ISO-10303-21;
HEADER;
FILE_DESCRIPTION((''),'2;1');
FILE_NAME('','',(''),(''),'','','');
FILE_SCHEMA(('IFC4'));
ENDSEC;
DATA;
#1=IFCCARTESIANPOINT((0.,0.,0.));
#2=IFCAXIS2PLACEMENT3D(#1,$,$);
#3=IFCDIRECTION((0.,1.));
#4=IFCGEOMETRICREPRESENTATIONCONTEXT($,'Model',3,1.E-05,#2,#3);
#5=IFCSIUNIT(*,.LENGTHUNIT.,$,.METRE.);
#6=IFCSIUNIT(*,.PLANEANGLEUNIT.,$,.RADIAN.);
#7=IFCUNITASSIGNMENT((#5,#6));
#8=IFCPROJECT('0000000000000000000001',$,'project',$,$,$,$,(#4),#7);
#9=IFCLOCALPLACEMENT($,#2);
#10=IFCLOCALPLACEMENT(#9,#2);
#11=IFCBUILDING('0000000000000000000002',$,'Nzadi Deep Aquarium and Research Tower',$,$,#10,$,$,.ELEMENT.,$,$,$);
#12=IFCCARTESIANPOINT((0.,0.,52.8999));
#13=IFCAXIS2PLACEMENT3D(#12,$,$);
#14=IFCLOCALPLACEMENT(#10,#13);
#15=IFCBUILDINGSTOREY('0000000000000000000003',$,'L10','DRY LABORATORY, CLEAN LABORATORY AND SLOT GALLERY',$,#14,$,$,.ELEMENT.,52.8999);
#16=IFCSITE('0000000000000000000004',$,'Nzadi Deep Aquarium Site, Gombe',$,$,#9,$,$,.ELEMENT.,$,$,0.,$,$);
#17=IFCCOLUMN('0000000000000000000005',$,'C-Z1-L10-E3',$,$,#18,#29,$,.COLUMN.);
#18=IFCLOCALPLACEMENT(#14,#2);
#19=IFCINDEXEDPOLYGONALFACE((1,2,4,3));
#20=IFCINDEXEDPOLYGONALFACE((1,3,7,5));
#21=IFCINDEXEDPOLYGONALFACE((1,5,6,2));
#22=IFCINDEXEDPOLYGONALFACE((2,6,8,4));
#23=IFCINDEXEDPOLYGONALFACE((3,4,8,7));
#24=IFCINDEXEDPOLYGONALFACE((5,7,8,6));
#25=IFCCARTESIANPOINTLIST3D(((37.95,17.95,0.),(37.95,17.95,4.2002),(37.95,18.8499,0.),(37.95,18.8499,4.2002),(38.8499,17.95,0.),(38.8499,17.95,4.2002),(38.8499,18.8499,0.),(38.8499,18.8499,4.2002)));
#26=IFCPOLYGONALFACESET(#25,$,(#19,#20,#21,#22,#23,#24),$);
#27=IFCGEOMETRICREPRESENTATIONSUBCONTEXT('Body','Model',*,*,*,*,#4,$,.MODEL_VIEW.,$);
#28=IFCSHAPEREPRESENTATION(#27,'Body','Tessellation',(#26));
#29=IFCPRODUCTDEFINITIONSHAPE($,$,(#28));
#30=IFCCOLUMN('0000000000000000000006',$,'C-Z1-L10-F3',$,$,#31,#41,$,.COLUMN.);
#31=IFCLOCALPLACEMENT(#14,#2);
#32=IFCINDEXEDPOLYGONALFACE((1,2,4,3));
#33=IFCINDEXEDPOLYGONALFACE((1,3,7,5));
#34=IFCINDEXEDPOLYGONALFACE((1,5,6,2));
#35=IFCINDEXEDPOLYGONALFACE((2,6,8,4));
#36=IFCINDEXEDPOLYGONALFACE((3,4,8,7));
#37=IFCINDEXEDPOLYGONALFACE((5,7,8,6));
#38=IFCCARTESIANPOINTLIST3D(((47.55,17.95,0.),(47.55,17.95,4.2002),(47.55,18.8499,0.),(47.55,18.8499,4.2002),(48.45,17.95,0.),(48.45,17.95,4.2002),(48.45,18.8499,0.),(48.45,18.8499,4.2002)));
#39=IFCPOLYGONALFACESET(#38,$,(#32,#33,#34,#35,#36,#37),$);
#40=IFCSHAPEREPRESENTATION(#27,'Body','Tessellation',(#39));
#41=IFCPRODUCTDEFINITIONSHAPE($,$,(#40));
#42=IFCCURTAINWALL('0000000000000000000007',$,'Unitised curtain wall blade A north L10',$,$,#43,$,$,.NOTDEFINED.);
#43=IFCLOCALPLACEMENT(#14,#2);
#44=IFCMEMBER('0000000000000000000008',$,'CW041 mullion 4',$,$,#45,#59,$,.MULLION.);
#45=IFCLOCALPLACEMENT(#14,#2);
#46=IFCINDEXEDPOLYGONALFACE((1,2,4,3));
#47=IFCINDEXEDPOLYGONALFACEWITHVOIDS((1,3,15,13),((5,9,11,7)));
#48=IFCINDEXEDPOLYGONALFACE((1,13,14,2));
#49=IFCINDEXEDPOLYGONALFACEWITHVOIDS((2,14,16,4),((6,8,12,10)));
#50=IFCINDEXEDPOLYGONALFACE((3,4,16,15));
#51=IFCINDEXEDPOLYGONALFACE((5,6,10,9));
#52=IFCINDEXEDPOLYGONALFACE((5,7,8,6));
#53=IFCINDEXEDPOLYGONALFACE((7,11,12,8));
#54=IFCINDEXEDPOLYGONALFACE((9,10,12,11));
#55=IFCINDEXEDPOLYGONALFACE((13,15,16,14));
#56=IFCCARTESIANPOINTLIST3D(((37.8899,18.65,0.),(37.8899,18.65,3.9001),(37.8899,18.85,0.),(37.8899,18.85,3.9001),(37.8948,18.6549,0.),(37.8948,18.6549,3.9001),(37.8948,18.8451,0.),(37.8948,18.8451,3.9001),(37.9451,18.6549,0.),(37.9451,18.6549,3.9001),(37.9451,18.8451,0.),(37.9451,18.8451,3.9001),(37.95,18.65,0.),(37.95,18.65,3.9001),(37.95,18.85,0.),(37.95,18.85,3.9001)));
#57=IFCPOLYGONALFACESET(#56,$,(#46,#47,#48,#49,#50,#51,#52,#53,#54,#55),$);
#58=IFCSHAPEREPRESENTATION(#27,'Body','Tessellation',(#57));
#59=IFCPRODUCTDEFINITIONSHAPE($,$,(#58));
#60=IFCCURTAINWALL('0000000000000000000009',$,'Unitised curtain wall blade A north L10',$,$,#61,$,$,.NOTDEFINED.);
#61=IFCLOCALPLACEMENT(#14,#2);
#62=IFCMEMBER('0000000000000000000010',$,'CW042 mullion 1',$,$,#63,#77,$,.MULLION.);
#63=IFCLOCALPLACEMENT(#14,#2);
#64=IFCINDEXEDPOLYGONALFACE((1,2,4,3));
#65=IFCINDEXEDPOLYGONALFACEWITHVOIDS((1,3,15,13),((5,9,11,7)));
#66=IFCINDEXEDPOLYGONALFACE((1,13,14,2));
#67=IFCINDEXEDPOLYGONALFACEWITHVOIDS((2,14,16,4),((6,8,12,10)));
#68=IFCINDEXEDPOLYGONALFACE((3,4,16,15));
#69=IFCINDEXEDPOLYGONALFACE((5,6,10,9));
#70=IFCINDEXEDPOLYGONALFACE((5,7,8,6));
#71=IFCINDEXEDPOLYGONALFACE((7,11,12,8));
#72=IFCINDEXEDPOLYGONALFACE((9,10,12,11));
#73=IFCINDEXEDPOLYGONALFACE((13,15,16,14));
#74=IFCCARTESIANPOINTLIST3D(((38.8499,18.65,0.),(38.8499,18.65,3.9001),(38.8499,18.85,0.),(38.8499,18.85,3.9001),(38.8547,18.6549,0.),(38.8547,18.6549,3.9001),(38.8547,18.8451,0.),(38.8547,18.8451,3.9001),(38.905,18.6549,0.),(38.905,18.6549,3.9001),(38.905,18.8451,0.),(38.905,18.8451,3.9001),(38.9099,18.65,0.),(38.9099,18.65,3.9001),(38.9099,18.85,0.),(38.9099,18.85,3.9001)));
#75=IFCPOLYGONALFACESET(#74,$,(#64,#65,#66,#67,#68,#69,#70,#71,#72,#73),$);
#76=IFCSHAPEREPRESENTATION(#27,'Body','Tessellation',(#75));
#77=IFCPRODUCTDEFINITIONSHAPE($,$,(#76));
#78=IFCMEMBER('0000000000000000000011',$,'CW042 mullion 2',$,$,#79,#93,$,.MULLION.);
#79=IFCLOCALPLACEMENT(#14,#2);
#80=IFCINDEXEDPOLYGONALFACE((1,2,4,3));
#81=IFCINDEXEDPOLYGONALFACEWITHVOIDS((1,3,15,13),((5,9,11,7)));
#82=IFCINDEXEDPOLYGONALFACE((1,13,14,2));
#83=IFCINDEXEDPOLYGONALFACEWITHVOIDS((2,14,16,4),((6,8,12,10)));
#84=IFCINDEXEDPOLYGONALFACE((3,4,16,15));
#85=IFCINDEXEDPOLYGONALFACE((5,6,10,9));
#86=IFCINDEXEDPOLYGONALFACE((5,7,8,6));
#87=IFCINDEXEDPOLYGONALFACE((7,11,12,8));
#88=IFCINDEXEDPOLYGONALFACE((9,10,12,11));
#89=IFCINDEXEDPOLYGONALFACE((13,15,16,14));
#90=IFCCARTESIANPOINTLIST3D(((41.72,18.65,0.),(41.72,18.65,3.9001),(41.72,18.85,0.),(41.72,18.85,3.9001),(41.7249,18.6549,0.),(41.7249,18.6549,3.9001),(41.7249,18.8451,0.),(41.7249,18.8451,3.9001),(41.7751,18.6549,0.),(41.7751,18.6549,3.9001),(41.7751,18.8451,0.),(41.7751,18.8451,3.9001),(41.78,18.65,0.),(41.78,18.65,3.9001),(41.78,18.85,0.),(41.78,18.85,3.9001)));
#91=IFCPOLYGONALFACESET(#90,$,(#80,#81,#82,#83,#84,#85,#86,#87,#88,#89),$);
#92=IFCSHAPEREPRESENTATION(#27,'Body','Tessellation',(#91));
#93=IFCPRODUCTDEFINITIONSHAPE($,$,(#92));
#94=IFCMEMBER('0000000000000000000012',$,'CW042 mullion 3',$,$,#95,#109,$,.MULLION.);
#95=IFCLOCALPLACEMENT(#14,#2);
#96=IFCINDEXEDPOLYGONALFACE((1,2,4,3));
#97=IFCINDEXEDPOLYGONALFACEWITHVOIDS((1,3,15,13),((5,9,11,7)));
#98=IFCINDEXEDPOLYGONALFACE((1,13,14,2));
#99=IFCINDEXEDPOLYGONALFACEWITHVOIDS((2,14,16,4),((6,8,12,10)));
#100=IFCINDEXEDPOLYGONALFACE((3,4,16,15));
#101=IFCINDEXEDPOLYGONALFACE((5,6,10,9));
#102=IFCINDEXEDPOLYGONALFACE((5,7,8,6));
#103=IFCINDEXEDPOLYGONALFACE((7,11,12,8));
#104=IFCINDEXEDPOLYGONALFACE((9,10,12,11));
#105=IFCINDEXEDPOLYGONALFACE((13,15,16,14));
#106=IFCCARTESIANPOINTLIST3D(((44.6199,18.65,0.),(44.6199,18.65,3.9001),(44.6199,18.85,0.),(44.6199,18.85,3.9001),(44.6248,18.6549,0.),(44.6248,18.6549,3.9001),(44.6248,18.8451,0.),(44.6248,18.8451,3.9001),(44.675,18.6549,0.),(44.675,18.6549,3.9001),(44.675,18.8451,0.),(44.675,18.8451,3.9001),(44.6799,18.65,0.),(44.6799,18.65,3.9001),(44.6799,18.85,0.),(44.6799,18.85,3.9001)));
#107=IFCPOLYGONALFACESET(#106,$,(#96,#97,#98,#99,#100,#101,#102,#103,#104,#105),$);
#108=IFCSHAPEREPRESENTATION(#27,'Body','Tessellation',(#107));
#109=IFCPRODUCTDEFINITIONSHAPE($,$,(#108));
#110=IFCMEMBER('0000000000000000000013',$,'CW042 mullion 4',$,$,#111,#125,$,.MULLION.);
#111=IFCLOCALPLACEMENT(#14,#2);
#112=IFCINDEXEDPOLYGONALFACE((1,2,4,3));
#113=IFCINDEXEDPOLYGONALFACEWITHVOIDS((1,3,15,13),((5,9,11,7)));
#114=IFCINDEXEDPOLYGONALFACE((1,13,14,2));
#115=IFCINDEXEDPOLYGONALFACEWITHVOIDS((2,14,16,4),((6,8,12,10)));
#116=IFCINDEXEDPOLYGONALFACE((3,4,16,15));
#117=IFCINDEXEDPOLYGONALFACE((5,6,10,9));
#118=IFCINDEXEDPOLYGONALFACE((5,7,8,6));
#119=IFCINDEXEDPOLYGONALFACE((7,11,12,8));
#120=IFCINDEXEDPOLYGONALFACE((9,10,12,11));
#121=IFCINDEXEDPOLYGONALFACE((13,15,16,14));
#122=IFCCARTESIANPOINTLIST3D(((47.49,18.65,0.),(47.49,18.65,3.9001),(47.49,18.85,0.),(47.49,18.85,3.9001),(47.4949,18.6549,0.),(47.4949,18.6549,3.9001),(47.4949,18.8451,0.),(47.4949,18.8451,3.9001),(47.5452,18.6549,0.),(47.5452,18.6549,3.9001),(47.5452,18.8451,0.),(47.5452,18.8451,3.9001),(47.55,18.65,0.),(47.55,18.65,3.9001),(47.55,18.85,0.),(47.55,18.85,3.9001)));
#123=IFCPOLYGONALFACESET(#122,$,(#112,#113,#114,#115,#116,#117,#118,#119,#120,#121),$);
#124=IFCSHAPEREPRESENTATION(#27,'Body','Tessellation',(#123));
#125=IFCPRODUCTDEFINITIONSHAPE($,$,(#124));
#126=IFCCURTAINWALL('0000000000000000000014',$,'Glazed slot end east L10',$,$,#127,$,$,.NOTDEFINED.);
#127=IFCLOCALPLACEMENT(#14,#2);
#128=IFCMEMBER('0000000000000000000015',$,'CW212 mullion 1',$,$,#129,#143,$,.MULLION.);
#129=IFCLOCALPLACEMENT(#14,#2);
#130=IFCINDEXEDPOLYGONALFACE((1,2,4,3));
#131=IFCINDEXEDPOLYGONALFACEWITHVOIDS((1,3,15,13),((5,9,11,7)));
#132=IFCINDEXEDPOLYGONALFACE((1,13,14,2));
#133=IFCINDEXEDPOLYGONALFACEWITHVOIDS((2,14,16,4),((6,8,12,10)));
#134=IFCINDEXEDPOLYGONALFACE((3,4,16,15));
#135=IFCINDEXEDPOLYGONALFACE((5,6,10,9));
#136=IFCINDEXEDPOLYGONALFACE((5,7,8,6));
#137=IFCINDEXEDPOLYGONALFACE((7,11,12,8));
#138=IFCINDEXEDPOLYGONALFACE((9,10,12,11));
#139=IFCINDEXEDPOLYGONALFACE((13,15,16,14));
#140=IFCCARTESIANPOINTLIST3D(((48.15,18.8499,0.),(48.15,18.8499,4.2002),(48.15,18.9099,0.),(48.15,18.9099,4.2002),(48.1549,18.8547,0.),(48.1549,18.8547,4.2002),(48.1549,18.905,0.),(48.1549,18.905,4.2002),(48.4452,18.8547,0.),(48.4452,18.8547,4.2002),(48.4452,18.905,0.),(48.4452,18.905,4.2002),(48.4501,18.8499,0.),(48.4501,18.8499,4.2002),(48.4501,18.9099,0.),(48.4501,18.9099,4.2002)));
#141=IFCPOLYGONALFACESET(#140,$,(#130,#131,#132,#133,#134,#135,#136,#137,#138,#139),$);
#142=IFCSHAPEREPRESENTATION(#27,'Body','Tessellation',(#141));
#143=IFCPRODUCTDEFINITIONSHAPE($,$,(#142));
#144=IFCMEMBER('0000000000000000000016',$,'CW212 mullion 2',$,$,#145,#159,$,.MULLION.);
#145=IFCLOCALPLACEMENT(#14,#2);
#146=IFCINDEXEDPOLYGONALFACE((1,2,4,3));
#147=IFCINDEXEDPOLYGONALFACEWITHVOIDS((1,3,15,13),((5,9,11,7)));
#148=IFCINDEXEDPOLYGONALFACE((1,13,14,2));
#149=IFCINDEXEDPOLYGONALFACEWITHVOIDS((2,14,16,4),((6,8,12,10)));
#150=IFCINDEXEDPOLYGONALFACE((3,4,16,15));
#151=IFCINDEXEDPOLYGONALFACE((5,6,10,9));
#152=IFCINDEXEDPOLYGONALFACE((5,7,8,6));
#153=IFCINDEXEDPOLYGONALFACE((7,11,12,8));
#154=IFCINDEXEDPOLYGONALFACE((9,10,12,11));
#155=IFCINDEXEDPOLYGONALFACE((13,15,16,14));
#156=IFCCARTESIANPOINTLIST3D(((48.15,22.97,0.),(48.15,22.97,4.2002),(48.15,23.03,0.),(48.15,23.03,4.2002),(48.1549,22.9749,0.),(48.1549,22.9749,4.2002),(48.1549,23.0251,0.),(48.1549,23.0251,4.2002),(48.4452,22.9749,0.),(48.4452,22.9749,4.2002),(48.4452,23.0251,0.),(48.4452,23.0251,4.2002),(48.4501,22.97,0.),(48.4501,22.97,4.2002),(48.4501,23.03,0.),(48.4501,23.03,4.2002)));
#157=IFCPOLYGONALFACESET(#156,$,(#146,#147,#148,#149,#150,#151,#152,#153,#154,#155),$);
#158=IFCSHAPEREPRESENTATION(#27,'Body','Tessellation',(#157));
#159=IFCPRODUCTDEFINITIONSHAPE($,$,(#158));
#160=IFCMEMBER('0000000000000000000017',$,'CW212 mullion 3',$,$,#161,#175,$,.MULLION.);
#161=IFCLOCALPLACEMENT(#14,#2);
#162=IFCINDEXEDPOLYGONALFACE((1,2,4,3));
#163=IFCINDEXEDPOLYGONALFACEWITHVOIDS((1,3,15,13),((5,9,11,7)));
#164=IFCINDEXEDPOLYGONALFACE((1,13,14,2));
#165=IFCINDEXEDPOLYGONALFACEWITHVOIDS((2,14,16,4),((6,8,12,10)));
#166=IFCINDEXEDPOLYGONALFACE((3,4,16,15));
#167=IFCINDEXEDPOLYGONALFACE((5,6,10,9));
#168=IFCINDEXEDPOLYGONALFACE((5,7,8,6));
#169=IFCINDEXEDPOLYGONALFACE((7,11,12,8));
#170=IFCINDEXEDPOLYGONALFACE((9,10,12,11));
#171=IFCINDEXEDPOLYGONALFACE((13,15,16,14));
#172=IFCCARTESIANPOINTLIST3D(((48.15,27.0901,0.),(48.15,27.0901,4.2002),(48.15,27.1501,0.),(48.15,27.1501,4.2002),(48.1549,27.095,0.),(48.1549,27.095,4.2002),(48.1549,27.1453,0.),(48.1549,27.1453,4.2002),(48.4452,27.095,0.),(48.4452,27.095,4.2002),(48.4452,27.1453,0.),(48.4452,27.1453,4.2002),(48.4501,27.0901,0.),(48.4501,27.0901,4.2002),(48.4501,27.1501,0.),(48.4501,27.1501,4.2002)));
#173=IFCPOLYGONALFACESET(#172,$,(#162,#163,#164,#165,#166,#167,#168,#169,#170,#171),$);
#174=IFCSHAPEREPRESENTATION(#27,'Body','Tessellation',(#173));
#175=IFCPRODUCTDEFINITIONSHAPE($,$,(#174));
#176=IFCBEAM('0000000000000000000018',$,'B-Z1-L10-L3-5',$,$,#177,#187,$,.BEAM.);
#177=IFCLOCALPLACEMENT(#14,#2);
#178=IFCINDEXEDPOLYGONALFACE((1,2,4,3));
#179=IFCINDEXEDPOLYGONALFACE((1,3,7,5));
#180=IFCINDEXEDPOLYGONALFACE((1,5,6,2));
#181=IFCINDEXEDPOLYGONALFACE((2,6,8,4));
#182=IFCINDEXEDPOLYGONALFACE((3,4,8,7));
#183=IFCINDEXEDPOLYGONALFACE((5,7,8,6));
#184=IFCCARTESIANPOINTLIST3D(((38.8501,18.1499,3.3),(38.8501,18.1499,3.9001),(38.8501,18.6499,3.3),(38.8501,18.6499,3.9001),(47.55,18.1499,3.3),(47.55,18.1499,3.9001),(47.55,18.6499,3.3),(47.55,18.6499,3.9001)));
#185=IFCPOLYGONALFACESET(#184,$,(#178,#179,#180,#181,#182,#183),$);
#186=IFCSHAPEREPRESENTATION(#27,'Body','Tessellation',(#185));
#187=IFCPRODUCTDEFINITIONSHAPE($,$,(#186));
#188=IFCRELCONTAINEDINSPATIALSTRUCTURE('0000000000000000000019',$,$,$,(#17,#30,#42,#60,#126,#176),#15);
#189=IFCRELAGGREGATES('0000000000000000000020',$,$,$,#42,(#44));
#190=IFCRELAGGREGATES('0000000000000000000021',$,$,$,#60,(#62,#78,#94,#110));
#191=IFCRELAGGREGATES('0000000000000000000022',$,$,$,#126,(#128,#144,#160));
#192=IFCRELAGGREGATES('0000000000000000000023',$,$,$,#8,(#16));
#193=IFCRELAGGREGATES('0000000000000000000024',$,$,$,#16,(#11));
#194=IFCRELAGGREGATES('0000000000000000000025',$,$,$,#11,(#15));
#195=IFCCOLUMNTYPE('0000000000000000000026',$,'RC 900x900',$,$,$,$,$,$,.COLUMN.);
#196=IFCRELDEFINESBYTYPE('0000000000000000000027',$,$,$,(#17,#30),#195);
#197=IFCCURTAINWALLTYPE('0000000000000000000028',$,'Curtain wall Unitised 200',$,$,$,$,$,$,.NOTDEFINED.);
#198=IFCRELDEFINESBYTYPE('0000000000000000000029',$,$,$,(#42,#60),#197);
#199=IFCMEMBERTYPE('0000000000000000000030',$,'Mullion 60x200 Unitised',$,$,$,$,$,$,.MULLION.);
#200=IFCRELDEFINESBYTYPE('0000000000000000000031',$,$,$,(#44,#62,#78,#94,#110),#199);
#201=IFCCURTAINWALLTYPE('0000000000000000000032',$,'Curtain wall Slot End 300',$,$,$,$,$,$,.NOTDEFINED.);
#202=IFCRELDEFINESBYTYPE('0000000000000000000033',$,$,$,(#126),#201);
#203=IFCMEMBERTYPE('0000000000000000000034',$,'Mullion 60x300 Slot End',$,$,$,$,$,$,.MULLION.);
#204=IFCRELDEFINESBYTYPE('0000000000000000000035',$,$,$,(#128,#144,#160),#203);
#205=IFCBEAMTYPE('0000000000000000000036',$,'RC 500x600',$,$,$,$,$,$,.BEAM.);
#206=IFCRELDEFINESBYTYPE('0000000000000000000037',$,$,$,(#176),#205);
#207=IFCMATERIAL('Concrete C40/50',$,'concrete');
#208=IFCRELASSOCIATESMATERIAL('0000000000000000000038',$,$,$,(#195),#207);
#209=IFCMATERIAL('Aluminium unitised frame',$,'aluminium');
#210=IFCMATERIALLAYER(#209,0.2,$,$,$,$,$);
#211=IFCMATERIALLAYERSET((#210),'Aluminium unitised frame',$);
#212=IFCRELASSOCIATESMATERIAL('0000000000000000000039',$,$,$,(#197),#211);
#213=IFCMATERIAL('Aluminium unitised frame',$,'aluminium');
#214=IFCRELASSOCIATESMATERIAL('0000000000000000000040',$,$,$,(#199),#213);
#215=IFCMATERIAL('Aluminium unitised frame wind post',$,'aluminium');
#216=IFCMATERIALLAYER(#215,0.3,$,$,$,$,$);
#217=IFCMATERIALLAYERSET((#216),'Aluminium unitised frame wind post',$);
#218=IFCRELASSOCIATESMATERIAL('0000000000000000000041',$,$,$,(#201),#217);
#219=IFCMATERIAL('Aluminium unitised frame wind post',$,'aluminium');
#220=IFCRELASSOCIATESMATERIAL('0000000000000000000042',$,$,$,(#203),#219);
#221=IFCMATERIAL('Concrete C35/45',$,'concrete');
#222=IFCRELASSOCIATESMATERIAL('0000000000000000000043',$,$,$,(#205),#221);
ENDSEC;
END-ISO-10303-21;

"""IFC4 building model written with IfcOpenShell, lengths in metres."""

from ifc_helpers import new_model, si_unit, direction, frame, origin, origin_2d, place, context, subcontext, project, spatial, rectangle, hollow_rectangle, extrude, material, layer, layer_set, material_profile, profile_set, type_object, element, aggregate, save


model = new_model("IFC4")

# Units and contexts
model_context = context("Model", 3, precision=1e-05, world=origin(), true_north=direction((0.0, 1.0)))
body_context = subcontext(model_context, "Body", "Model", "MODEL_VIEW")
ifc_project = project(units=[si_unit("LENGTHUNIT", "METRE"), si_unit("PLANEANGLEUNIT", "RADIAN")], contexts=[model_context])

# Site, building, storey
site_placement = place(None, origin())
site = spatial("IfcSite", under=ifc_project, at=site_placement, Name="Nzadi Deep Aquarium Site, Gombe", CompositionType="ELEMENT", RefElevation=0.0)
building_placement = place(site_placement, origin())
building = spatial("IfcBuilding", under=site, at=building_placement, Name="Nzadi Deep Aquarium and Research Tower", CompositionType="ELEMENT")
storey_placement = place(building_placement, frame((0.0, 0.0, 52.8999)))
storey = spatial("IfcBuildingStorey", under=building, at=storey_placement, Name="L10", Description="DRY LABORATORY, CLEAN LABORATORY AND SLOT GALLERY", CompositionType="ELEMENT", Elevation=52.8999)

# Columns
ifc_material_1 = material(Name="Concrete C40/50", Category="concrete")
ifc_material_profile_1 = material_profile(ifc_material_1, rectangle(XDim=0.8999, YDim=0.8999, at=origin_2d()))
ifc_profile_set_1 = profile_set([ifc_material_profile_1], Name="Concrete C40/50")
column_type = type_object("IfcColumnType", Name="RC 900x900", PredefinedType="COLUMN", material=ifc_profile_set_1)
for number, where, z_axis, x_axis, name in (
    (1, (38.3999, 18.3999, 0.0), (0.0, 0.0, 1.0), (1.0, 0.0, 0.0), "C-Z1-L10-E3"),
    (2, (48.0, 18.3999, 0.0), (0.0, 0.0, 1.0), (1.0, 0.0, 0.0), "C-Z1-L10-F3"),
):
    element("IfcColumn", number, at=place(storey_placement, frame(where, z_axis=z_axis, x_axis=x_axis)), inside=storey, type_object=column_type, Name=name, PredefinedType="COLUMN", context=body_context, shape_type="SweptSolid", body=[
        extrude(rectangle(XDim=0.8999, YDim=0.8999, at=origin_2d()), origin(), (0.0, 0.0, 1.0), 4.2002),
    ])

# Curtain wall, member
ifc_material_2 = material(Name="Aluminium unitised frame", Category="aluminium")
ifc_layer_1 = layer(ifc_material_2, 0.2)
ifc_layer_set_1 = layer_set([ifc_layer_1], Name="Aluminium unitised frame")
curtain_wall_type_1 = type_object("IfcCurtainWallType", Name="Curtain wall Unitised 200", PredefinedType="NOTDEFINED", material=ifc_layer_set_1)
curtain_wall_1_placement = place(storey_placement, origin())
curtain_wall_1 = element("IfcCurtainWall", 3, at=curtain_wall_1_placement, inside=storey, type_object=curtain_wall_type_1, Name="Unitised curtain wall blade A north L10", PredefinedType="NOTDEFINED")
ifc_material_3 = material(Name="Aluminium unitised frame", Category="aluminium")
ifc_material_profile_2 = material_profile(ifc_material_3, hollow_rectangle(XDim=0.2, YDim=0.0601, WallThickness=0.0049, at=origin_2d()))
ifc_profile_set_2 = profile_set([ifc_material_profile_2], Name="Aluminium unitised frame")
member_type_1 = type_object("IfcMemberType", Name="Mullion 60x200 Unitised", PredefinedType="MULLION", material=ifc_profile_set_2)
member_1_placement = place(storey_placement, frame((37.9199, 18.75, 0.0), z_axis=(0.0, 0.0, 1.0), x_axis=(0.0, 1.0, 0.0)))
member_1 = element("IfcMember", 4, at=member_1_placement, type_object=member_type_1, Name="CW041 mullion 4", PredefinedType="MULLION", context=body_context, shape_type="SweptSolid", body=[
    extrude(hollow_rectangle(XDim=0.2, YDim=0.0601, WallThickness=0.0049, at=origin_2d()), origin(), (0.0, 0.0, 1.0), 3.9001),
])
aggregate(curtain_wall_1, [member_1])

# Curtain walls, members
curtain_wall_2_placement = place(storey_placement, origin())
curtain_wall_2 = element("IfcCurtainWall", 5, at=curtain_wall_2_placement, inside=storey, type_object=curtain_wall_type_1, Name="Unitised curtain wall blade A north L10", PredefinedType="NOTDEFINED")
member_2_placement = place(storey_placement, frame((38.8799, 18.75, 0.0), z_axis=(0.0, 0.0, 1.0), x_axis=(0.0, 1.0, 0.0)))
member_2 = element("IfcMember", 6, at=member_2_placement, type_object=member_type_1, Name="CW042 mullion 1", PredefinedType="MULLION", context=body_context, shape_type="SweptSolid", body=[
    extrude(hollow_rectangle(XDim=0.2, YDim=0.0601, WallThickness=0.0049, at=origin_2d()), origin(), (0.0, 0.0, 1.0), 3.9001),
])
member_3_placement = place(storey_placement, frame((41.75, 18.75, 0.0), z_axis=(0.0, 0.0, 1.0), x_axis=(0.0, 1.0, 0.0)))
member_3 = element("IfcMember", 7, at=member_3_placement, type_object=member_type_1, Name="CW042 mullion 2", PredefinedType="MULLION", context=body_context, shape_type="SweptSolid", body=[
    extrude(hollow_rectangle(XDim=0.2, YDim=0.0601, WallThickness=0.0049, at=origin_2d()), origin(), (0.0, 0.0, 1.0), 3.9001),
])
member_4_placement = place(storey_placement, frame((44.6499, 18.75, 0.0), z_axis=(0.0, 0.0, 1.0), x_axis=(0.0, 1.0, 0.0)))
member_4 = element("IfcMember", 8, at=member_4_placement, type_object=member_type_1, Name="CW042 mullion 3", PredefinedType="MULLION", context=body_context, shape_type="SweptSolid", body=[
    extrude(hollow_rectangle(XDim=0.2, YDim=0.0601, WallThickness=0.0049, at=origin_2d()), origin(), (0.0, 0.0, 1.0), 3.9001),
])
member_5_placement = place(storey_placement, frame((47.52, 18.75, 0.0), z_axis=(0.0, 0.0, 1.0), x_axis=(0.0, 1.0, 0.0)))
member_5 = element("IfcMember", 9, at=member_5_placement, type_object=member_type_1, Name="CW042 mullion 4", PredefinedType="MULLION", context=body_context, shape_type="SweptSolid", body=[
    extrude(hollow_rectangle(XDim=0.2, YDim=0.0601, WallThickness=0.0049, at=origin_2d()), origin(), (0.0, 0.0, 1.0), 3.9001),
])
ifc_material_4 = material(Name="Aluminium unitised frame wind post", Category="aluminium")
ifc_layer_2 = layer(ifc_material_4, 0.3)
ifc_layer_set_2 = layer_set([ifc_layer_2], Name="Aluminium unitised frame wind post")
curtain_wall_type_2 = type_object("IfcCurtainWallType", Name="Curtain wall Slot End 300", PredefinedType="NOTDEFINED", material=ifc_layer_set_2)
curtain_wall_3_placement = place(storey_placement, origin())
curtain_wall_3 = element("IfcCurtainWall", 10, at=curtain_wall_3_placement, inside=storey, type_object=curtain_wall_type_2, Name="Glazed slot end east L10", PredefinedType="NOTDEFINED")
ifc_material_5 = material(Name="Aluminium unitised frame wind post", Category="aluminium")
ifc_material_profile_3 = material_profile(ifc_material_5, hollow_rectangle(XDim=0.3, YDim=0.0601, WallThickness=0.0049, at=origin_2d()))
ifc_profile_set_3 = profile_set([ifc_material_profile_3], Name="Aluminium unitised frame wind post")
member_type_2 = type_object("IfcMemberType", Name="Mullion 60x300 Slot End", PredefinedType="MULLION", material=ifc_profile_set_3)
member_6_placement = place(storey_placement, frame((48.3, 18.8799, 0.0), z_axis=(0.0, 0.0, 1.0), x_axis=(-1.0, 0.0, 0.0)))
member_6 = element("IfcMember", 11, at=member_6_placement, type_object=member_type_2, Name="CW212 mullion 1", PredefinedType="MULLION", context=body_context, shape_type="SweptSolid", body=[
    extrude(hollow_rectangle(XDim=0.3, YDim=0.0601, WallThickness=0.0049, at=origin_2d()), origin(), (0.0, 0.0, 1.0), 4.2002),
])
member_7_placement = place(storey_placement, frame((48.3, 23.0, 0.0), z_axis=(0.0, 0.0, 1.0), x_axis=(-1.0, 0.0, 0.0)))
member_7 = element("IfcMember", 12, at=member_7_placement, type_object=member_type_2, Name="CW212 mullion 2", PredefinedType="MULLION", context=body_context, shape_type="SweptSolid", body=[
    extrude(hollow_rectangle(XDim=0.3, YDim=0.0601, WallThickness=0.0049, at=origin_2d()), origin(), (0.0, 0.0, 1.0), 4.2002),
])
member_8_placement = place(storey_placement, frame((48.3, 27.1201, 0.0), z_axis=(0.0, 0.0, 1.0), x_axis=(-1.0, 0.0, 0.0)))
member_8 = element("IfcMember", 13, at=member_8_placement, type_object=member_type_2, Name="CW212 mullion 3", PredefinedType="MULLION", context=body_context, shape_type="SweptSolid", body=[
    extrude(hollow_rectangle(XDim=0.3, YDim=0.0601, WallThickness=0.0049, at=origin_2d()), origin(), (0.0, 0.0, 1.0), 4.2002),
])

# Beam
ifc_material_6 = material(Name="Concrete C35/45", Category="concrete")
ifc_material_profile_4 = material_profile(ifc_material_6, rectangle(XDim=0.5, YDim=0.6001, at=origin_2d()))
ifc_profile_set_4 = profile_set([ifc_material_profile_4], Name="Concrete C35/45")
beam_type = type_object("IfcBeamType", Name="RC 500x600", PredefinedType="BEAM", material=ifc_profile_set_4)
beam_placement = place(storey_placement, frame((38.8501, 18.3999, 3.6001), z_axis=(1.0, 0.0, 0.0), x_axis=(0.0, 1.0, 0.0)))
element("IfcBeam", 14, at=beam_placement, inside=storey, type_object=beam_type, Name="B-Z1-L10-L3-5", PredefinedType="BEAM", context=body_context, shape_type="SweptSolid", body=[
    extrude(rectangle(XDim=0.5, YDim=0.6001, at=origin_2d()), origin(), (0.0, 0.0, 1.0), 8.7),
])

aggregate(curtain_wall_2, [member_2, member_3, member_4, member_5])
aggregate(curtain_wall_3, [member_6, member_7, member_8])

save(model, "model.ifc")
